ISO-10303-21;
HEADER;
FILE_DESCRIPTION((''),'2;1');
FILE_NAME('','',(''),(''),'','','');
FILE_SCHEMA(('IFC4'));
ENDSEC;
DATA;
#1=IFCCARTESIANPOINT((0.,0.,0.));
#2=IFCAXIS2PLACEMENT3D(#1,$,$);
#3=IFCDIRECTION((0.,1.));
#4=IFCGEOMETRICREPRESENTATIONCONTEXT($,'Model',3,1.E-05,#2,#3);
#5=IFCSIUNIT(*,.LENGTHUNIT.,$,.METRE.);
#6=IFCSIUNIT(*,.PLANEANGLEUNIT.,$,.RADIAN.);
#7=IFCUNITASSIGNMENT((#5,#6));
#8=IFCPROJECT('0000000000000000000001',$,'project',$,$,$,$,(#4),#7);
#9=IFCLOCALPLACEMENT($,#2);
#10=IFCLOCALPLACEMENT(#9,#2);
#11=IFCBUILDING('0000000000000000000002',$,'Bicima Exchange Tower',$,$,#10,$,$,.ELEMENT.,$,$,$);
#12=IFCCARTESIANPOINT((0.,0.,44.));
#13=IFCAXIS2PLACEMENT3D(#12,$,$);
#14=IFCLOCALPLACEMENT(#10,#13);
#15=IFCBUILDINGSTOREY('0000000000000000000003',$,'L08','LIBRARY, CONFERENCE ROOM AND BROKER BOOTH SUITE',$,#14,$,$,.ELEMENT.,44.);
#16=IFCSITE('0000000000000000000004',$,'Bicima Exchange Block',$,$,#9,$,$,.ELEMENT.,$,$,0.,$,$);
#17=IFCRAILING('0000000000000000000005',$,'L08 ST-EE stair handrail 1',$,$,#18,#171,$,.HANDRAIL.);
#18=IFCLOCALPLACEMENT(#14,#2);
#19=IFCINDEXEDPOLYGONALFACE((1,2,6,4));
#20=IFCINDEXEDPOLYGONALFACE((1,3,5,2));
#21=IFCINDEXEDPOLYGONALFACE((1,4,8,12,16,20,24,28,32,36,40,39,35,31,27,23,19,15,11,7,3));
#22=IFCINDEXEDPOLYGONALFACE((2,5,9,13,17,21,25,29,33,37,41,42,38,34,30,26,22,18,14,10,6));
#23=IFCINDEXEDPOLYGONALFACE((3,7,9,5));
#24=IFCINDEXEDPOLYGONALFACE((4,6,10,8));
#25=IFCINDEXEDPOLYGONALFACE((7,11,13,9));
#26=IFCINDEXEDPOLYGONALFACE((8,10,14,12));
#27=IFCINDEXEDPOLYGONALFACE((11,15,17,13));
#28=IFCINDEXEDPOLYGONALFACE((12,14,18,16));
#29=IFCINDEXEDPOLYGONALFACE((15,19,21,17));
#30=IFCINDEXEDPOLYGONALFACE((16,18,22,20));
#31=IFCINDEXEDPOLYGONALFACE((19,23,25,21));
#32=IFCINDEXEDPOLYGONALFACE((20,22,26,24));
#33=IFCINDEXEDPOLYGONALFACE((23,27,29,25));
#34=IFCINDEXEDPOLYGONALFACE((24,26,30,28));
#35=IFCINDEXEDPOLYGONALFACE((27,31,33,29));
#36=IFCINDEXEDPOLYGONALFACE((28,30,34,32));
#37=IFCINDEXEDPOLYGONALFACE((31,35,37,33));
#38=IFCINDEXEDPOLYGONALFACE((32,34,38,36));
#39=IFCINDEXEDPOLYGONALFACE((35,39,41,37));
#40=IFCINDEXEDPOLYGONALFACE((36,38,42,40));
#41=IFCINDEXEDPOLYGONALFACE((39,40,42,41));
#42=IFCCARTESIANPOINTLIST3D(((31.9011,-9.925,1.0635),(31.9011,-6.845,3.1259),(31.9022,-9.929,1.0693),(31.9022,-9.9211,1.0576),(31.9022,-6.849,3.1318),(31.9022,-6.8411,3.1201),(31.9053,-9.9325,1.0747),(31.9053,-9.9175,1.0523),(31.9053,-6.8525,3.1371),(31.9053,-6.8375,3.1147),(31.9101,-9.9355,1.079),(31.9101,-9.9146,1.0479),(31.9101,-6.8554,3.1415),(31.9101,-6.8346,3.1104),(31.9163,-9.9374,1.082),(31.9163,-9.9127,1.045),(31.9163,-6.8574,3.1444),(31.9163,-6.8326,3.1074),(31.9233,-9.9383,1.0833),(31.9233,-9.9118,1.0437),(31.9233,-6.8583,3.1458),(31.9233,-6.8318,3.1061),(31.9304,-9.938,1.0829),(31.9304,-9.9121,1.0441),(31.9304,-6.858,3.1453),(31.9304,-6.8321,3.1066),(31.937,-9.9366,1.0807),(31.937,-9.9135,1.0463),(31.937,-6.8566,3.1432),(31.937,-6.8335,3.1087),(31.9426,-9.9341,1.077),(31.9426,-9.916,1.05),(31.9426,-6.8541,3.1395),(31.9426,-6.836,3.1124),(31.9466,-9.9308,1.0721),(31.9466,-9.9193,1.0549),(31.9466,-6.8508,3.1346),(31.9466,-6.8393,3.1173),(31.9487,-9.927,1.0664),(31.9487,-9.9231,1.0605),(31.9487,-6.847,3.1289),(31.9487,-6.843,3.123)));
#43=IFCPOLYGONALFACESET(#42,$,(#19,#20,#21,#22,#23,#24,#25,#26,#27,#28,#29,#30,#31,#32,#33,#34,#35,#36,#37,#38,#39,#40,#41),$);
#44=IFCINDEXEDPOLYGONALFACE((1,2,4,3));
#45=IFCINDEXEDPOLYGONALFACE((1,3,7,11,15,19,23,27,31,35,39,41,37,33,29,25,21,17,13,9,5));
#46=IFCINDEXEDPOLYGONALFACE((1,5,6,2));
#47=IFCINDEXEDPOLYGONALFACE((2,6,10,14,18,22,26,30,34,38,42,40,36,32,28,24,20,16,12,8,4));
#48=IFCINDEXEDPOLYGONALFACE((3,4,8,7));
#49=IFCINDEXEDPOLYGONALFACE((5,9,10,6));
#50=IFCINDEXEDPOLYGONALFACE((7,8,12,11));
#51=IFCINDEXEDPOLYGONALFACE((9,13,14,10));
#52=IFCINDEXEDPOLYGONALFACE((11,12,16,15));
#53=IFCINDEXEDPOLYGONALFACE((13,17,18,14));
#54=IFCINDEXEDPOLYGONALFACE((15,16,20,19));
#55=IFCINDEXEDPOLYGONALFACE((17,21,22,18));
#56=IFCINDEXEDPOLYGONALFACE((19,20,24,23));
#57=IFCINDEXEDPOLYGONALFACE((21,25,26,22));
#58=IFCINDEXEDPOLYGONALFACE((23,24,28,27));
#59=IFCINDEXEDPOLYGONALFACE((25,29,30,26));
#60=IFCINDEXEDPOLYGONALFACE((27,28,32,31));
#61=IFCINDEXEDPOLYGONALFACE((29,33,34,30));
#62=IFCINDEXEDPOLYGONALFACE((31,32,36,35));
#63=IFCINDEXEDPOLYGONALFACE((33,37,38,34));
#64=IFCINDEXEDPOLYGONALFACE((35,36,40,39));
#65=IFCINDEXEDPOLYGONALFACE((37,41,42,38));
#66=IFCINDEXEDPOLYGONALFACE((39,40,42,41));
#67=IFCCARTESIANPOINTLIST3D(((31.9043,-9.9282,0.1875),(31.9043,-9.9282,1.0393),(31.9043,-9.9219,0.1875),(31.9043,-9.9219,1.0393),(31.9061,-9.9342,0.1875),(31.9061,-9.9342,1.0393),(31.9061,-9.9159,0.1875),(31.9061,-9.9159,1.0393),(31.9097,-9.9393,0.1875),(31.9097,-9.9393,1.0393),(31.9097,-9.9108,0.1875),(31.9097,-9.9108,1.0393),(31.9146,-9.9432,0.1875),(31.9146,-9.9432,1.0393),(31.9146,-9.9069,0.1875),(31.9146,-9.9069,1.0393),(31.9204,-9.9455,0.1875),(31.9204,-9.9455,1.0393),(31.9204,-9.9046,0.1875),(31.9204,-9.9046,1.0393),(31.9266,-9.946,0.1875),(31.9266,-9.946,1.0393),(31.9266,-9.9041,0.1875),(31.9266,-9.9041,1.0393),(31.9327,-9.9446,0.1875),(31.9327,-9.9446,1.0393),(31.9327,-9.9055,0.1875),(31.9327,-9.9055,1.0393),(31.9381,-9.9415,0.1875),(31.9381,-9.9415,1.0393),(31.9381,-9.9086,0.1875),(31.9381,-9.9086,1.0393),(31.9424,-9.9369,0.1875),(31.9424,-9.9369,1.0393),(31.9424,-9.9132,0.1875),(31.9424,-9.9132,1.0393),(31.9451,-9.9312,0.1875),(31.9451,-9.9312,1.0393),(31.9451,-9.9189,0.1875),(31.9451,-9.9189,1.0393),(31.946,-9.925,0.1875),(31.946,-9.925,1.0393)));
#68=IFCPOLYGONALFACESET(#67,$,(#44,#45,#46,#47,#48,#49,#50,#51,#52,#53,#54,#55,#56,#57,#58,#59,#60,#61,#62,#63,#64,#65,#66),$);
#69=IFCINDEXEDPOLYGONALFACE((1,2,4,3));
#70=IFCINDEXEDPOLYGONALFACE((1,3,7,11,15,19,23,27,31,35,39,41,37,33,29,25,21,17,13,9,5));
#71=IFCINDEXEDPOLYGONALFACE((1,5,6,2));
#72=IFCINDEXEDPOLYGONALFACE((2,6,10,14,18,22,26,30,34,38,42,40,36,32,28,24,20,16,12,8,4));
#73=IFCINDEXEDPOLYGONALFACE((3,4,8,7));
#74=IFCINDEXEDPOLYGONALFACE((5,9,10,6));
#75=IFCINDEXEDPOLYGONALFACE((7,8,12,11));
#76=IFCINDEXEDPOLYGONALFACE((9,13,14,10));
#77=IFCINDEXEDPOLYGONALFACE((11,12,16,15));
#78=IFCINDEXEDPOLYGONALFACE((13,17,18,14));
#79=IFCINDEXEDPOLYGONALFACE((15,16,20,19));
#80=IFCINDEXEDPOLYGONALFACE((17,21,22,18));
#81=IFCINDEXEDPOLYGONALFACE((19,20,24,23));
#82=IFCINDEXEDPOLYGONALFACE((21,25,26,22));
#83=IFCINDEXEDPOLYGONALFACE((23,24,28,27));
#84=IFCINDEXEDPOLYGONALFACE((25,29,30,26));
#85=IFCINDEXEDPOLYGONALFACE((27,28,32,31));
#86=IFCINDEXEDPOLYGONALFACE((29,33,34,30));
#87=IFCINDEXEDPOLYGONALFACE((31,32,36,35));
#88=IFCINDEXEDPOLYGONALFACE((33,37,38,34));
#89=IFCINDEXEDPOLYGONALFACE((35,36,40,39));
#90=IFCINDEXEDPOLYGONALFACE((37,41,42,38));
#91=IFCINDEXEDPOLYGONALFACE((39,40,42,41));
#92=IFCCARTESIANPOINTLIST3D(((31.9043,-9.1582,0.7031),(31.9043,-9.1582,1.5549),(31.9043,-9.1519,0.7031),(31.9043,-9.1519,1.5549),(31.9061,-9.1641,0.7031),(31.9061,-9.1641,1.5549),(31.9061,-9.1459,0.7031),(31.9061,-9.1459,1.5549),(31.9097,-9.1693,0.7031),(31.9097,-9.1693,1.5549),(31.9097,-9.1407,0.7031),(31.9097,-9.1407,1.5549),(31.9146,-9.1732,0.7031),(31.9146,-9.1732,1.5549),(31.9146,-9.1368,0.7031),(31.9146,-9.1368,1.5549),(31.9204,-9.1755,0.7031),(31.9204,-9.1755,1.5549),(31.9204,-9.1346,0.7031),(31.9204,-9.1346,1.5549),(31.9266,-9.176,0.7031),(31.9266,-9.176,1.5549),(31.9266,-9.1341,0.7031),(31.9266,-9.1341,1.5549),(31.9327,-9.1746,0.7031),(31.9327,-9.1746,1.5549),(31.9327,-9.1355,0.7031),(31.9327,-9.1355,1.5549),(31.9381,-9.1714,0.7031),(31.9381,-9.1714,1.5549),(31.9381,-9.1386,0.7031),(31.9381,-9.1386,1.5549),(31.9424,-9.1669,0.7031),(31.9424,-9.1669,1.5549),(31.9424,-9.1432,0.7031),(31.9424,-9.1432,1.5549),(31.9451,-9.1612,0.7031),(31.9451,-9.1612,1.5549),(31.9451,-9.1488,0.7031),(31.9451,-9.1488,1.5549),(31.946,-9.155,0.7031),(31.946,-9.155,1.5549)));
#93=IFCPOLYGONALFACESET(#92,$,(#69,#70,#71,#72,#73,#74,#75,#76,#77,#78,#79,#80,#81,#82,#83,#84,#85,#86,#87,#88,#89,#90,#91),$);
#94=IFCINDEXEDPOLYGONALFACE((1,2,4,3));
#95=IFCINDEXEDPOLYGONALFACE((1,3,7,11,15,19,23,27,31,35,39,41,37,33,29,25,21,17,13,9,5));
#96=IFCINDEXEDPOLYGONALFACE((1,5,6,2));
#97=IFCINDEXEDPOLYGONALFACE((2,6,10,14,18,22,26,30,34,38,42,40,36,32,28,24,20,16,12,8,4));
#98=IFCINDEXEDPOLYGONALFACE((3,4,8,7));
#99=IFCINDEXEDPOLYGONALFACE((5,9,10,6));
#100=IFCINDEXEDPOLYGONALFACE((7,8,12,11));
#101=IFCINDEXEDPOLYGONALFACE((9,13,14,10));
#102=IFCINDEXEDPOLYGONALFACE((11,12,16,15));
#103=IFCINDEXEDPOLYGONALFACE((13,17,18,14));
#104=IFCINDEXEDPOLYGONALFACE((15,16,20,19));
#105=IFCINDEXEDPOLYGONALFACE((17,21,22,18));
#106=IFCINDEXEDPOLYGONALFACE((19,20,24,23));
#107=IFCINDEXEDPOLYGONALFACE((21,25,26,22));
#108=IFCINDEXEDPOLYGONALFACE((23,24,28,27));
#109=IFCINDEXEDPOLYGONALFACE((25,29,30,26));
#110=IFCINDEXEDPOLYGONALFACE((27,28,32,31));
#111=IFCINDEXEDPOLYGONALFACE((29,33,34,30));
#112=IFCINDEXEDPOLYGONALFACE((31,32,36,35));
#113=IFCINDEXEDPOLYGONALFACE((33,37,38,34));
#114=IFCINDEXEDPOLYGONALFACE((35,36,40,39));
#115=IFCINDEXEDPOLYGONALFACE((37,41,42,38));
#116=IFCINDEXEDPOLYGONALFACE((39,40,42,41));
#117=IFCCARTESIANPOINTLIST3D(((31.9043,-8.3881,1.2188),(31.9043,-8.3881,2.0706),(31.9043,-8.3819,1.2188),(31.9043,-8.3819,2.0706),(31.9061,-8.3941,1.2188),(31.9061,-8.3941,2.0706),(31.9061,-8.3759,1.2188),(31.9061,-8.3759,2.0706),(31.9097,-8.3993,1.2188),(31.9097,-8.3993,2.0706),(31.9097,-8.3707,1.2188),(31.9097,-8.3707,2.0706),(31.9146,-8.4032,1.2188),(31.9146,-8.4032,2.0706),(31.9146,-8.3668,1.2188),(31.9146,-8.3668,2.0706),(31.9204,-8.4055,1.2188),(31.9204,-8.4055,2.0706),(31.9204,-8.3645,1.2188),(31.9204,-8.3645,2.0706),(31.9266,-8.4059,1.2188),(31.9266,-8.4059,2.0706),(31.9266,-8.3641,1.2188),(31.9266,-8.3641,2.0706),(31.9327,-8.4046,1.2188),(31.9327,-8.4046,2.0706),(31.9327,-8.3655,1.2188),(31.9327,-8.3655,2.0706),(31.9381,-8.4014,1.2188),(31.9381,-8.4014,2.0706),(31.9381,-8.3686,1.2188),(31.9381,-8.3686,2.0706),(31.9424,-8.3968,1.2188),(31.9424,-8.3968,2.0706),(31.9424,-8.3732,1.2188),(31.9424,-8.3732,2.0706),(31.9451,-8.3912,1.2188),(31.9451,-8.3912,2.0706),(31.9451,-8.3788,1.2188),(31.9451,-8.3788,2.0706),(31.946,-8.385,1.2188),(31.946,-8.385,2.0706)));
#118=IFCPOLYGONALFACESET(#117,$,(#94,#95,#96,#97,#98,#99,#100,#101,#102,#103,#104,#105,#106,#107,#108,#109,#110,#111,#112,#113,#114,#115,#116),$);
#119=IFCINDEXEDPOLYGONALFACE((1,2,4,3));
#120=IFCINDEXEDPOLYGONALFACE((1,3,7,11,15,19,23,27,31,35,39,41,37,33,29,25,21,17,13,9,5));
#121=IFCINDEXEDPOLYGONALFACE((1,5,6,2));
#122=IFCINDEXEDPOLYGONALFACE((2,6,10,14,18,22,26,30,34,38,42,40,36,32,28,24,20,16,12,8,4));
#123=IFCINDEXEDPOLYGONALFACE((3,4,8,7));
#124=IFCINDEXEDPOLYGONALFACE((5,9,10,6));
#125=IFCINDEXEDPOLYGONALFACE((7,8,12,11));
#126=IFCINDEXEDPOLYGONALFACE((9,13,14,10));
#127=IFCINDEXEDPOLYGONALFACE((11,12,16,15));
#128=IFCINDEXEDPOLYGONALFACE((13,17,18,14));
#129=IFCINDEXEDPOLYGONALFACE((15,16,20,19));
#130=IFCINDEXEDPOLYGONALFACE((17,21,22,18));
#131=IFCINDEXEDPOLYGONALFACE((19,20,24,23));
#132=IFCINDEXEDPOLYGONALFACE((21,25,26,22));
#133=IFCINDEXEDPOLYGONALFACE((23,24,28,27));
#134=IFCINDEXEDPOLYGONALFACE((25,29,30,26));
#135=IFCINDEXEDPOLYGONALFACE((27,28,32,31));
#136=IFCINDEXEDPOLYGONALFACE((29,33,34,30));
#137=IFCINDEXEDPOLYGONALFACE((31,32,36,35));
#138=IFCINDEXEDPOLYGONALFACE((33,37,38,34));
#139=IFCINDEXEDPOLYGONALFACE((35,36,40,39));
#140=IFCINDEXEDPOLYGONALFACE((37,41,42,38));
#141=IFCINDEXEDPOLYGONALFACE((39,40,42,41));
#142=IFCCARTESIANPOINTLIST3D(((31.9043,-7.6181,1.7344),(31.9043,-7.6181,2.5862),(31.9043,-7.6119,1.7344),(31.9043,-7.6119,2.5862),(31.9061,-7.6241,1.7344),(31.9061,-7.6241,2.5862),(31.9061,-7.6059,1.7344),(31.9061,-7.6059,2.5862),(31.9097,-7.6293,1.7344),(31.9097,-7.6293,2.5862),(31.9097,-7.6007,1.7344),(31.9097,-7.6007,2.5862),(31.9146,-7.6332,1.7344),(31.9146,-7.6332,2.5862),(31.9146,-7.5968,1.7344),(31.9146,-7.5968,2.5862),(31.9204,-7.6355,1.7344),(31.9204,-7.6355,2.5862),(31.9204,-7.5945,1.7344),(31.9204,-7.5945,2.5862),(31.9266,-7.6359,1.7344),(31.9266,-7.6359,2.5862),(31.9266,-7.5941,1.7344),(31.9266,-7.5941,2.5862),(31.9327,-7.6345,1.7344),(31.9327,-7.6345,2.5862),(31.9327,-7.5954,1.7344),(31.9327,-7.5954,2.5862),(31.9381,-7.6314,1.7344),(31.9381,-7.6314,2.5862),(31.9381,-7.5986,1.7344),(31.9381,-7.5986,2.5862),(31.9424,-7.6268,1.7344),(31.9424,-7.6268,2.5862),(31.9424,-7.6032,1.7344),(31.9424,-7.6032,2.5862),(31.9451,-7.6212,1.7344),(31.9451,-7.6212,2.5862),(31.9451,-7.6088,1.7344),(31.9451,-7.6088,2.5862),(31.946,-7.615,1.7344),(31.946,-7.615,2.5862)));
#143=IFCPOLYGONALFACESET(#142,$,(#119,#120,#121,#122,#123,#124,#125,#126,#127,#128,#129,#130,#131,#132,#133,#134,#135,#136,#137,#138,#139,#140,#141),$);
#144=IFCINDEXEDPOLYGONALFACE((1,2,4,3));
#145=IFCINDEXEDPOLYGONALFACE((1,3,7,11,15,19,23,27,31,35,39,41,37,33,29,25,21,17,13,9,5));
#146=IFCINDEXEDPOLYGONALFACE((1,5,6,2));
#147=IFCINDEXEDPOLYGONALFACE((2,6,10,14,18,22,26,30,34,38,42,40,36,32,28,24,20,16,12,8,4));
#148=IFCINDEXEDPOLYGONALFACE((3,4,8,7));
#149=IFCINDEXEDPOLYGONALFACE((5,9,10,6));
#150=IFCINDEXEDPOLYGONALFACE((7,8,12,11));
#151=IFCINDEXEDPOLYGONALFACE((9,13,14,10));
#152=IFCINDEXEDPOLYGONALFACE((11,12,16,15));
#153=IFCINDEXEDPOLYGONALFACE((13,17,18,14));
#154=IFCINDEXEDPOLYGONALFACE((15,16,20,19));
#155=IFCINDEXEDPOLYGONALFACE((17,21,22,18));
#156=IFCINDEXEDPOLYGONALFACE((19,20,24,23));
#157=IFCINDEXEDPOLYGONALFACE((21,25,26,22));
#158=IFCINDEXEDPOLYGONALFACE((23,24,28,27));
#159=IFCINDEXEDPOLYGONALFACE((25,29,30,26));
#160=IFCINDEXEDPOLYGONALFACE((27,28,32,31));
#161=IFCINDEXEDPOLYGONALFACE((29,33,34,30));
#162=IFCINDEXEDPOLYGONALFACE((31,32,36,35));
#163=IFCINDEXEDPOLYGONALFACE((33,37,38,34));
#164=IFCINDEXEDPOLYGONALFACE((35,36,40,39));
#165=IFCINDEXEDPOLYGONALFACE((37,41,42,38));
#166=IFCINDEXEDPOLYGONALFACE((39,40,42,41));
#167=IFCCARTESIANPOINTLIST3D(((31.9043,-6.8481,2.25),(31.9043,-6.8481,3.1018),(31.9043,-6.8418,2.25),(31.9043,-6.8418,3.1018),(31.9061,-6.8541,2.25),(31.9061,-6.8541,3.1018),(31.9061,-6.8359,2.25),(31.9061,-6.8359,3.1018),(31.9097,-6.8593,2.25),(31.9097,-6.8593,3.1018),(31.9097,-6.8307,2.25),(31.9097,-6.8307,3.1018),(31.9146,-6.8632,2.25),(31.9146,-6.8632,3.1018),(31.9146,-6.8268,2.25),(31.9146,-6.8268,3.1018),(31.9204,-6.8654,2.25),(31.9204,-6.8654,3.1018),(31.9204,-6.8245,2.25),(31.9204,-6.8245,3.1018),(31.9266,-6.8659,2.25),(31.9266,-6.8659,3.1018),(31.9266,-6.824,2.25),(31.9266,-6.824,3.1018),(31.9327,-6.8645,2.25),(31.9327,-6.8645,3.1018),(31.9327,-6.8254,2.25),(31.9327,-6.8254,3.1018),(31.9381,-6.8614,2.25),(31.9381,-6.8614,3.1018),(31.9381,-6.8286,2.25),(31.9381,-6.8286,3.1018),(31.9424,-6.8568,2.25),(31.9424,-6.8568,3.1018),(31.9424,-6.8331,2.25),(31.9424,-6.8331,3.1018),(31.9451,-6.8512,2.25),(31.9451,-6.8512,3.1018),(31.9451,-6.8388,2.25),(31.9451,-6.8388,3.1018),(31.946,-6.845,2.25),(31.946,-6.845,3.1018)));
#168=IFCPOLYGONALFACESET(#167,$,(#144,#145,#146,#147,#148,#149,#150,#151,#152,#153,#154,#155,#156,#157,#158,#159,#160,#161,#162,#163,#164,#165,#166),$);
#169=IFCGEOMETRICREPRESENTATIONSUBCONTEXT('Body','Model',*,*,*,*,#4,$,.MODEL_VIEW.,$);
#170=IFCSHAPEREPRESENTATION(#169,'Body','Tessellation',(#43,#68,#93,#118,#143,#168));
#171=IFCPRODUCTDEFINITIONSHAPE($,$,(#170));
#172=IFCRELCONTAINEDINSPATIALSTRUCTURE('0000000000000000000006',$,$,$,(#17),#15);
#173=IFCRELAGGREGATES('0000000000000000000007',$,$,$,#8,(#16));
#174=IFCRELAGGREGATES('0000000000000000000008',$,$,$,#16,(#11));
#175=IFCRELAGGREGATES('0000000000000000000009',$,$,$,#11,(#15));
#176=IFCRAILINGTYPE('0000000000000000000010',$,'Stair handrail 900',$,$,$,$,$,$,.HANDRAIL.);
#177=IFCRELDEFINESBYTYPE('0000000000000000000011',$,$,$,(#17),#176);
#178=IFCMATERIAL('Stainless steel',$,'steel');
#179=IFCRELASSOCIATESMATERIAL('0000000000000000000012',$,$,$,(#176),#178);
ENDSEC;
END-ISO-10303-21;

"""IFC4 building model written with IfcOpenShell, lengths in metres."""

from ifc_helpers import new_model, si_unit, direction, frame, origin, origin_2d, place, context, subcontext, project, spatial, circle, extrude, material, type_object, element, save


model = new_model("IFC4")

# Units and contexts
model_context = context("Model", 3, precision=1e-05, world=origin(), true_north=direction((0.0, 1.0)))
body_context = subcontext(model_context, "Body", "Model", "MODEL_VIEW")
ifc_project = project(units=[si_unit("LENGTHUNIT", "METRE"), si_unit("PLANEANGLEUNIT", "RADIAN")], contexts=[model_context])

# Site, building, storey
site_placement = place(None, origin())
site = spatial("IfcSite", under=ifc_project, at=site_placement, Name="Bicima Exchange Block", CompositionType="ELEMENT", RefElevation=0.0)
building_placement = place(site_placement, origin())
building = spatial("IfcBuilding", under=site, at=building_placement, Name="Bicima Exchange Tower", CompositionType="ELEMENT")
storey_placement = place(building_placement, frame((0.0, 0.0, 44.0)))
storey = spatial("IfcBuildingStorey", under=building, at=storey_placement, Name="L08", Description="LIBRARY, CONFERENCE ROOM AND BROKER BOOTH SUITE", CompositionType="ELEMENT", Elevation=44.0)

# Railing
ifc_material_1 = material(Name="Stainless steel", Category="steel")
railing_type_1 = type_object("IfcRailingType", Name="Stair handrail 900", PredefinedType="HANDRAIL", material=ifc_material_1)
railing_1_placement = place(storey_placement, frame((31.925, -9.925, 0.1875)))
element("IfcRailing", 1, at=railing_1_placement, inside=storey, type_object=railing_type_1, Name="L08 ST-EE stair handrail 1", PredefinedType="HANDRAIL", context=body_context, shape_type="SweptSolid", body=[
    extrude(circle(Radius=0.0239, at=origin_2d()), frame((0.0, 0.0, 0.876), z_axis=(0.0, 0.830914, 0.556401), x_axis=(-1.0, 0.0, 0.0)), (0.0, 0.0, 1.0), 3.7068),
    extrude(circle(Radius=0.021, at=origin_2d()), origin(), (0.0, 0.0, 1.0), 0.8518),
    extrude(circle(Radius=0.021, at=origin_2d()), frame((0.0, 0.77, 0.5156)), (0.0, 0.0, 1.0), 0.8518),
    extrude(circle(Radius=0.021, at=origin_2d()), frame((0.0, 1.54, 1.0312)), (0.0, 0.0, 1.0), 0.8518),
    extrude(circle(Radius=0.021, at=origin_2d()), frame((0.0, 2.3101, 1.5469)), (0.0, 0.0, 1.0), 0.8518),
    extrude(circle(Radius=0.021, at=origin_2d()), frame((0.0, 3.0801, 2.0625)), (0.0, 0.0, 1.0), 0.8518),
])

save(model, "model.ifc")
